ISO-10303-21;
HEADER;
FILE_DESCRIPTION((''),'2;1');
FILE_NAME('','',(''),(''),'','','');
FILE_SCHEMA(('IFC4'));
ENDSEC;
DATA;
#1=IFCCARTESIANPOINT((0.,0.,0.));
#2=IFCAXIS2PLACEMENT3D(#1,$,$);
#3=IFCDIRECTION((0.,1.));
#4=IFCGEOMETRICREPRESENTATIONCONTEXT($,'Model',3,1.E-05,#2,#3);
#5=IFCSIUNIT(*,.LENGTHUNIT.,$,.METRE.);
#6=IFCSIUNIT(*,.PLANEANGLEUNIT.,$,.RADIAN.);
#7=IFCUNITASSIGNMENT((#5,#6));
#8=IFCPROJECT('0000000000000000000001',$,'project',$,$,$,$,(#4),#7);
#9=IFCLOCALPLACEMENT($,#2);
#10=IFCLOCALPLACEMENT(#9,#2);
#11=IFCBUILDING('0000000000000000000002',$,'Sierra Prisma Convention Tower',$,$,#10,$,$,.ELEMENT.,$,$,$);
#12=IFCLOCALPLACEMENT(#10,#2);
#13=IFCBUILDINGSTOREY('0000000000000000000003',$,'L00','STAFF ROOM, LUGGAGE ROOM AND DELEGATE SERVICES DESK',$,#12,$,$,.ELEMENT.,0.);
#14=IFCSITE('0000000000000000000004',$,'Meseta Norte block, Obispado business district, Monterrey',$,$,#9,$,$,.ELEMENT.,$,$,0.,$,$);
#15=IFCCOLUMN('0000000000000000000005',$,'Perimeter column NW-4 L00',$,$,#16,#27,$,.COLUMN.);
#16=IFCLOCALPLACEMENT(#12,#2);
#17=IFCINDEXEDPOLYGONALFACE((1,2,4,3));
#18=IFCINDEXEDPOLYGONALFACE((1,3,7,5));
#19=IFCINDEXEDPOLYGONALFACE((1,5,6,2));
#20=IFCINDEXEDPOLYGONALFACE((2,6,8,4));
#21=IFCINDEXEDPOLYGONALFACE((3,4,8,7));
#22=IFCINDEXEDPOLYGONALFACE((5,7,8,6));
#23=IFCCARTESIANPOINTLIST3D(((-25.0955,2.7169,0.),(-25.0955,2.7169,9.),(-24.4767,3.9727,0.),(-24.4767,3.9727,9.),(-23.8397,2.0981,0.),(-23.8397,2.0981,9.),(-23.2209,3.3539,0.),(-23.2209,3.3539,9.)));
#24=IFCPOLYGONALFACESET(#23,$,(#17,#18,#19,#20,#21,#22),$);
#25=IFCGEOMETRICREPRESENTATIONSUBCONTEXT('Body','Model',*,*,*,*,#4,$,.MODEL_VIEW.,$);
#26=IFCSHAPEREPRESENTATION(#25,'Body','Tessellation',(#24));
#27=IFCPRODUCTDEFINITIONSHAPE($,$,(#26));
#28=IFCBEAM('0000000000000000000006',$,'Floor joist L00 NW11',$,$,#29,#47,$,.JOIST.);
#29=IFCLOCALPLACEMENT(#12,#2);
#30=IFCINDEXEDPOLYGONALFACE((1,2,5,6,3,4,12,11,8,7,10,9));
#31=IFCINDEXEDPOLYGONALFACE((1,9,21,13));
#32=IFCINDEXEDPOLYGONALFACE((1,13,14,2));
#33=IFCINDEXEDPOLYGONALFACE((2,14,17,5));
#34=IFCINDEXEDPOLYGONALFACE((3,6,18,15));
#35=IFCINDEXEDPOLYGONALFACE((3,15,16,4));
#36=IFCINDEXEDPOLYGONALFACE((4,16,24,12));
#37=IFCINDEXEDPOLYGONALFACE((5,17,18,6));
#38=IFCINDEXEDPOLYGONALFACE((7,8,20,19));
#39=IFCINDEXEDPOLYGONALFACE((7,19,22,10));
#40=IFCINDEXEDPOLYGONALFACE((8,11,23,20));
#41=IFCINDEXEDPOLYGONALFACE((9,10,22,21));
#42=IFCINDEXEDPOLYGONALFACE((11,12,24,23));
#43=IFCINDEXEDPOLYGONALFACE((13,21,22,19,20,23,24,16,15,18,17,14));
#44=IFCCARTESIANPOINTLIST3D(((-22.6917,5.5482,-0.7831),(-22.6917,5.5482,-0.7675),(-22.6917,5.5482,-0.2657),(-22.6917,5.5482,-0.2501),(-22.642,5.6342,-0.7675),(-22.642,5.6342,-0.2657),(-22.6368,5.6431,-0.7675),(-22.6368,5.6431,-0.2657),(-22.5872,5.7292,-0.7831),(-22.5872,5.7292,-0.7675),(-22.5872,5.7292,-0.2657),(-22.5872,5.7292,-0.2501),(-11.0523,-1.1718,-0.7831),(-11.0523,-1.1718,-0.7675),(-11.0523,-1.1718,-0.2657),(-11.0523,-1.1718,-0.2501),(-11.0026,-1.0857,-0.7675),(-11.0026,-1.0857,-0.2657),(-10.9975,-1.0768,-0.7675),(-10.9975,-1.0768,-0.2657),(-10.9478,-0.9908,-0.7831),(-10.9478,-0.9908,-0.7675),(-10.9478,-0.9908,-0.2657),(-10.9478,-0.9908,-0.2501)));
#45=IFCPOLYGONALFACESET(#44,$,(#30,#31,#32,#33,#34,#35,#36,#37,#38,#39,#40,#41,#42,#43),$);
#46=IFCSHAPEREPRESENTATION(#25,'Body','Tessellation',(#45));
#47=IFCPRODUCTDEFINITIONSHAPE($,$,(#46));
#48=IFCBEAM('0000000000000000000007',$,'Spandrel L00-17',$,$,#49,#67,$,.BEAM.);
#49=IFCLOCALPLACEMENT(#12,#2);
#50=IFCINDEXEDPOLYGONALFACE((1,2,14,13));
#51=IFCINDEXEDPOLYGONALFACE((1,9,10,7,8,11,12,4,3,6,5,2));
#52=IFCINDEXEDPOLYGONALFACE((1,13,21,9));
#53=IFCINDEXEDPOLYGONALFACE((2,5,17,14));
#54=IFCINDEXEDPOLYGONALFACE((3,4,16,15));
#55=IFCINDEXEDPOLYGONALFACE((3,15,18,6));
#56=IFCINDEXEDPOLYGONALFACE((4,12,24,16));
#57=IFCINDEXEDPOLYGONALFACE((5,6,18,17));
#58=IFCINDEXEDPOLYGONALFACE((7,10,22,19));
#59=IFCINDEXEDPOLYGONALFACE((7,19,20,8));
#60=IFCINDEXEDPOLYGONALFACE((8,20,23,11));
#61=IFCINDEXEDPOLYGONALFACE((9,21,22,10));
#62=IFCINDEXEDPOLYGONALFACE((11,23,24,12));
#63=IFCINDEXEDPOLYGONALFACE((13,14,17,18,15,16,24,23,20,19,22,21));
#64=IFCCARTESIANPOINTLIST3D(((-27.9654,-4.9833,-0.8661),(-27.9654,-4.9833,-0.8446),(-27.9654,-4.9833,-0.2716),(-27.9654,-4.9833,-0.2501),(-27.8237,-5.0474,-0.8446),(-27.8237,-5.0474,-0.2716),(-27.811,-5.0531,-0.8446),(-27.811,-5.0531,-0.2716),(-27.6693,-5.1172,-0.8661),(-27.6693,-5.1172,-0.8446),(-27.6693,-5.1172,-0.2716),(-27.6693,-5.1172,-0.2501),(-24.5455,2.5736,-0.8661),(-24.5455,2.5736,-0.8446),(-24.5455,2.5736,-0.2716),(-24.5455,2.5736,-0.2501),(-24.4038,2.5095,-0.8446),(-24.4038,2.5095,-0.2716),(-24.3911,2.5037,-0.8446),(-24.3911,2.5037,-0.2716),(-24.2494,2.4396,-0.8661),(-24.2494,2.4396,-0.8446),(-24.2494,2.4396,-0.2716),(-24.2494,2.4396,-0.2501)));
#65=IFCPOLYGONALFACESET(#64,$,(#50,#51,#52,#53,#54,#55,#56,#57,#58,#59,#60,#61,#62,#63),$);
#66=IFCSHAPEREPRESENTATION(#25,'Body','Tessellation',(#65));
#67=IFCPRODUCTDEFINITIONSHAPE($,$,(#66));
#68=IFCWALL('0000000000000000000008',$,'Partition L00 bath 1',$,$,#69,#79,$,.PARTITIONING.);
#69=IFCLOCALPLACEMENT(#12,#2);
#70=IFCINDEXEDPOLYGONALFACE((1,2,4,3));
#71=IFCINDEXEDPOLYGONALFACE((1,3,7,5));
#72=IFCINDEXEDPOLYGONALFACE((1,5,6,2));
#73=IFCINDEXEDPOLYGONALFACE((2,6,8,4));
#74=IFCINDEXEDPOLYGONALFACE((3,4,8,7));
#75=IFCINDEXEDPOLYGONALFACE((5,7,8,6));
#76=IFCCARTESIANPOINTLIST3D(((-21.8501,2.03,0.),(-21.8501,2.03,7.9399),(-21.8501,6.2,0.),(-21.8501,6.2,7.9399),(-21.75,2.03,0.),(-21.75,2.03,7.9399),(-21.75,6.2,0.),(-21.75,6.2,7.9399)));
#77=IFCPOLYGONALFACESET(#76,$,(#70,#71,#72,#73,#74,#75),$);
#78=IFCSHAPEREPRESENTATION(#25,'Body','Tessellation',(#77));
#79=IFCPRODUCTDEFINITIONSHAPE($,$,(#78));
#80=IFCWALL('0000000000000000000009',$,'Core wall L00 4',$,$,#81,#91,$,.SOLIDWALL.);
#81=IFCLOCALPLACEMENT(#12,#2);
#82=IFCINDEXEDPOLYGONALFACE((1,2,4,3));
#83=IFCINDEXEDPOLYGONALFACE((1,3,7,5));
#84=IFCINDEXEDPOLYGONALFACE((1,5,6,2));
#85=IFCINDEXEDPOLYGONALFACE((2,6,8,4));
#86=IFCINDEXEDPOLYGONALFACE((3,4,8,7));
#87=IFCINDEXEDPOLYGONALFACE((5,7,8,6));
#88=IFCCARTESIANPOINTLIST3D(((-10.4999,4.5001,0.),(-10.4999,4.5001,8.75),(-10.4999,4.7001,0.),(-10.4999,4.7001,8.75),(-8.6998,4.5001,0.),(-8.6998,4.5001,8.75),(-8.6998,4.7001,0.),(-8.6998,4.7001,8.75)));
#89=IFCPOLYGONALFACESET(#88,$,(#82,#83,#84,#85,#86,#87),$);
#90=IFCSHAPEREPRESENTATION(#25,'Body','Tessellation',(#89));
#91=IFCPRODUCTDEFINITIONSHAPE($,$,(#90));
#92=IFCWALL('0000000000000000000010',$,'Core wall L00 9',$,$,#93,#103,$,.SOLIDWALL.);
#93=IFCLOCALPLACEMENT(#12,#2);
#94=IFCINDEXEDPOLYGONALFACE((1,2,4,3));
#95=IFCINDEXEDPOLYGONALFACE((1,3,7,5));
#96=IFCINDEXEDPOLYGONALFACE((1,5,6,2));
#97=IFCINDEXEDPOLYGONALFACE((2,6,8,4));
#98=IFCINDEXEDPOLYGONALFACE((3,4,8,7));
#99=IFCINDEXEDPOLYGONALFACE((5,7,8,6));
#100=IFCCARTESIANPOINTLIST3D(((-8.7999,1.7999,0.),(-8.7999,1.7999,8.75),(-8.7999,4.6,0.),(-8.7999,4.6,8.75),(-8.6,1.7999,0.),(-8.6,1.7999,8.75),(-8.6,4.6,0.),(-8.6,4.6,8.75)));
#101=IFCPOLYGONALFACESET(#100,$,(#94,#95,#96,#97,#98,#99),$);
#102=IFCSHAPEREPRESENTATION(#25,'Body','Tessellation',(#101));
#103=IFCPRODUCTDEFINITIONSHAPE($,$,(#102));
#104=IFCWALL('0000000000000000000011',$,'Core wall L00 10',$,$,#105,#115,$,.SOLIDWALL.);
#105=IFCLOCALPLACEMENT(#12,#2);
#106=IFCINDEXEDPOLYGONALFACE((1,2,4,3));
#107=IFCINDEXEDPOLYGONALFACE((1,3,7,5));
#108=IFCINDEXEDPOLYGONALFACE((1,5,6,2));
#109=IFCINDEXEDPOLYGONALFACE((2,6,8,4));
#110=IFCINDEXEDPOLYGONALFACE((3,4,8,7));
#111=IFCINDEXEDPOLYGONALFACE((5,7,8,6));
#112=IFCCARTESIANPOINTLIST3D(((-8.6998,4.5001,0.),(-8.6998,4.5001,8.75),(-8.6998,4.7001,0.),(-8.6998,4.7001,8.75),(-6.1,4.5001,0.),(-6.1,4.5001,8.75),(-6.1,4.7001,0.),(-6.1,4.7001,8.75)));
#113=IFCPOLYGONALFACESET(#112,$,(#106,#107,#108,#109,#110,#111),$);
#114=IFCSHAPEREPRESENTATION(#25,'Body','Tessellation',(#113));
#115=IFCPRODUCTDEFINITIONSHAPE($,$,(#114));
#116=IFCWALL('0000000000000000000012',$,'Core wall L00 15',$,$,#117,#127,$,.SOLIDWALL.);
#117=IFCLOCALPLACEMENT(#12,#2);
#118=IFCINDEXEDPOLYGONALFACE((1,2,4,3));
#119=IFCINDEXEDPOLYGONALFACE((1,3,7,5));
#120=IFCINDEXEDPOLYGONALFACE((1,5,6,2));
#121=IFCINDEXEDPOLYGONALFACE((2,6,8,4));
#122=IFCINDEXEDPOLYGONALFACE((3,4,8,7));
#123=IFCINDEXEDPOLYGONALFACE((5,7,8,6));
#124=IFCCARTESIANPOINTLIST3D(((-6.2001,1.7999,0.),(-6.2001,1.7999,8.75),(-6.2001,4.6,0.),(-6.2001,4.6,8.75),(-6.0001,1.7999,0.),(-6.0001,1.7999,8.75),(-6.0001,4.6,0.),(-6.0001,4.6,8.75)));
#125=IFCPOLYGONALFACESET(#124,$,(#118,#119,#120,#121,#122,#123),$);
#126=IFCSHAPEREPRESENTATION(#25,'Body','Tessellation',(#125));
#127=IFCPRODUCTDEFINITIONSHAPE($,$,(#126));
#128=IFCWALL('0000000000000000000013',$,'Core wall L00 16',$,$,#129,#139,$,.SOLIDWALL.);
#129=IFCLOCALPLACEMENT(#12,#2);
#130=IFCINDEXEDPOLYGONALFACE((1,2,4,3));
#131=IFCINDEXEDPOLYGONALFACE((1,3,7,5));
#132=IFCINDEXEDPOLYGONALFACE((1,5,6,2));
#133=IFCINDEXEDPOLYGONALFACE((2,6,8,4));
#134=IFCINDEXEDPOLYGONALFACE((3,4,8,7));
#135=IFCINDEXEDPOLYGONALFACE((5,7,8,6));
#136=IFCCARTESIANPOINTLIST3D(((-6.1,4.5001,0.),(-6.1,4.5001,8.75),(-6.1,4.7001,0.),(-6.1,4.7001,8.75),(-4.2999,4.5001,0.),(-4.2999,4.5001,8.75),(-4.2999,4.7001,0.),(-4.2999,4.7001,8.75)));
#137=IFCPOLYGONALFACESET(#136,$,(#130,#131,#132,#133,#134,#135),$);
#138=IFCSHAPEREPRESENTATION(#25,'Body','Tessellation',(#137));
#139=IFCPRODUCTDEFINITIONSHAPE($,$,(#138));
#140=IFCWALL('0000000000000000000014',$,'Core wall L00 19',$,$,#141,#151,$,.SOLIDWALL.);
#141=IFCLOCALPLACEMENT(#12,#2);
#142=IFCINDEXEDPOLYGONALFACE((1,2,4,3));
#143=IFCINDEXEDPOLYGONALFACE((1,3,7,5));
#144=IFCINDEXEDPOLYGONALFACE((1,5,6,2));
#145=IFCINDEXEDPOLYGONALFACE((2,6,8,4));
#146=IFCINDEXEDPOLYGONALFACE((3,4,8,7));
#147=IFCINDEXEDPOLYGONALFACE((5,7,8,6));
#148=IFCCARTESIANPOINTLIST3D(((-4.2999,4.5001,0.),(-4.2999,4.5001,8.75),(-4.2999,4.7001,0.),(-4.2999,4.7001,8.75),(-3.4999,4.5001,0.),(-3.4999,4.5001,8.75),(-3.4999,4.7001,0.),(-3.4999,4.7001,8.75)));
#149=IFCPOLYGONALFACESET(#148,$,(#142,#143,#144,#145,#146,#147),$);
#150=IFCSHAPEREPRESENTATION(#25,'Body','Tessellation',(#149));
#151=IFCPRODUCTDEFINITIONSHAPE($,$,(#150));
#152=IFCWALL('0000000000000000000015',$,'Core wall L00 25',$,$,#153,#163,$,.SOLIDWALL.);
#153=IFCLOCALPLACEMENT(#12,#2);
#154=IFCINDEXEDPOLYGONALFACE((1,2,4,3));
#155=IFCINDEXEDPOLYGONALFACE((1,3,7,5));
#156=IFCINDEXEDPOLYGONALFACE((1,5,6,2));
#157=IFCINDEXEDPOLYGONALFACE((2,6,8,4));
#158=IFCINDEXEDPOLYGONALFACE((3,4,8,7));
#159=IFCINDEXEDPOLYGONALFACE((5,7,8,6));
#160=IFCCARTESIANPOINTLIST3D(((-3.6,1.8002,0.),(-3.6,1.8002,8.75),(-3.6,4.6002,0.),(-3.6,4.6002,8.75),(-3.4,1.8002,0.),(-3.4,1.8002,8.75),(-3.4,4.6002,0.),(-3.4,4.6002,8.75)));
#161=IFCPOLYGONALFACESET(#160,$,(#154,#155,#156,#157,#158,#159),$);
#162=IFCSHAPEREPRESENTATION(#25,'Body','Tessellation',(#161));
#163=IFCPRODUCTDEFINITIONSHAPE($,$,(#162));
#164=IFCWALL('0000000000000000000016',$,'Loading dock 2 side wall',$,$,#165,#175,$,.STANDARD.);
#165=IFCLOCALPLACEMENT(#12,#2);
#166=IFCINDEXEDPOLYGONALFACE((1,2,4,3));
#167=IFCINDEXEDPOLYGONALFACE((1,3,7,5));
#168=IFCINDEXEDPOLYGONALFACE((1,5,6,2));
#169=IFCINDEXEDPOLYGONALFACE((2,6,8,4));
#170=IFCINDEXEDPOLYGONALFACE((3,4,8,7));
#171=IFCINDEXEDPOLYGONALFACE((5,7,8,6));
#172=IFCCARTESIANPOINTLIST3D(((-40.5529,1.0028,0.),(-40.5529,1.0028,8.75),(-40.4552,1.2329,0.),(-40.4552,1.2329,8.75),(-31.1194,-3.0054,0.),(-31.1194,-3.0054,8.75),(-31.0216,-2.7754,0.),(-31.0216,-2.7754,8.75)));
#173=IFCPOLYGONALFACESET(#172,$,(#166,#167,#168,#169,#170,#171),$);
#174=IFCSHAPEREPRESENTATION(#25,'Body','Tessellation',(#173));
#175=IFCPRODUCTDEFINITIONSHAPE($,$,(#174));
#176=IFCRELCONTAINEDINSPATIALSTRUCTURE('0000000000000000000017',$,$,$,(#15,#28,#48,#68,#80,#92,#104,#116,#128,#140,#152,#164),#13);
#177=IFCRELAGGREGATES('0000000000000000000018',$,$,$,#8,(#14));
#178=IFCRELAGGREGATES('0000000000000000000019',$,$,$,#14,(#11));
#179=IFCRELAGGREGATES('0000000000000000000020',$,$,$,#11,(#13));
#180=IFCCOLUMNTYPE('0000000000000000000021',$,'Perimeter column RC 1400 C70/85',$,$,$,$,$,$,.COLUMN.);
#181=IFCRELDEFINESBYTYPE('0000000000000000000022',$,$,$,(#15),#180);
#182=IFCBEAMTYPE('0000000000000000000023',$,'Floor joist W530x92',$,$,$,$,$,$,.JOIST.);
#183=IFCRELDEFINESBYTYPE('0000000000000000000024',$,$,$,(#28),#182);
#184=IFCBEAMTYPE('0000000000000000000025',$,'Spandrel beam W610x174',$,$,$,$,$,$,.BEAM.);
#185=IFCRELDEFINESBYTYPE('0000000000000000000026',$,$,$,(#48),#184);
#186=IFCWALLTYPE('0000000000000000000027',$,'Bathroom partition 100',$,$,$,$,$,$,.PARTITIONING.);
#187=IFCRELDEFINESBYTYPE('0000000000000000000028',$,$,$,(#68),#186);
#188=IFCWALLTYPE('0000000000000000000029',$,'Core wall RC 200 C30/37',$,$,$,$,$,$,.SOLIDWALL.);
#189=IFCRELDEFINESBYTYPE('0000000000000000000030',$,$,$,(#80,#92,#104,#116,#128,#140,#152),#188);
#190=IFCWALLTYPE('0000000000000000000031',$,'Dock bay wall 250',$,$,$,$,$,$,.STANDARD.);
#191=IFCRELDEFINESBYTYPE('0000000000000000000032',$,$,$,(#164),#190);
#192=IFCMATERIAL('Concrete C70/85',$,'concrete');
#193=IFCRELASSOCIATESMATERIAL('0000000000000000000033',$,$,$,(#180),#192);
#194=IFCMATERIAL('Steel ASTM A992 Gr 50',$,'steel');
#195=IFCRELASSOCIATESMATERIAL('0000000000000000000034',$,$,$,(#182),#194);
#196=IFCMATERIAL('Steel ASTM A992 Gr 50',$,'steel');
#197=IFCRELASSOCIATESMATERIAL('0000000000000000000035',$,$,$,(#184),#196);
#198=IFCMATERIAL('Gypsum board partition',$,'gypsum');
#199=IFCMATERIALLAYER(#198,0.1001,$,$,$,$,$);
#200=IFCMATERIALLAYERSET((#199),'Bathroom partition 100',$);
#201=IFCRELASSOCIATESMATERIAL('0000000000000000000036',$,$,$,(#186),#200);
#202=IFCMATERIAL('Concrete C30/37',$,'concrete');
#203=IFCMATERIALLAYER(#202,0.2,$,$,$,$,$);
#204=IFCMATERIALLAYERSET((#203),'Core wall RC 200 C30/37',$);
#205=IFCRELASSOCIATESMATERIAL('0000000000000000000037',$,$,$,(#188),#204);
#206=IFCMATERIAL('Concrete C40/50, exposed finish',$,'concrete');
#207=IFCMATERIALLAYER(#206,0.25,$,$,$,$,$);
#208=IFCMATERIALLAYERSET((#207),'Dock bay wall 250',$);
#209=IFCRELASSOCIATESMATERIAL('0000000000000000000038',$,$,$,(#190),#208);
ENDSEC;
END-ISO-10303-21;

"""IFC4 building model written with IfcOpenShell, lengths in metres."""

from ifc_helpers import new_model, si_unit, direction, frame, frame_2d, origin, origin_2d, place, context, subcontext, project, spatial, rectangle, i_section, extrude, material, layer, layer_set, material_profile, profile_set, type_object, element, save


model = new_model("IFC4")

# Units and contexts
model_context = context("Model", 3, precision=1e-05, world=origin(), true_north=direction((0.0, 1.0)))
body_context = subcontext(model_context, "Body", "Model", "MODEL_VIEW")
ifc_project = project(units=[si_unit("LENGTHUNIT", "METRE"), si_unit("PLANEANGLEUNIT", "RADIAN")], contexts=[model_context])

# Site, building, storey
site_placement = place(None, origin())
site = spatial("IfcSite", under=ifc_project, at=site_placement, Name="Meseta Norte block, Obispado business district, Monterrey", CompositionType="ELEMENT", RefElevation=0.0)
building_placement = place(site_placement, origin())
building = spatial("IfcBuilding", under=site, at=building_placement, Name="Sierra Prisma Convention Tower", CompositionType="ELEMENT")
storey_placement = place(building_placement, origin())
storey = spatial("IfcBuildingStorey", under=building, at=storey_placement, Name="L00", Description="STAFF ROOM, LUGGAGE ROOM AND DELEGATE SERVICES DESK", CompositionType="ELEMENT", Elevation=0.0)

# Column
ifc_material_1 = material(Name="Concrete C70/85", Category="concrete")
ifc_material_profile_1 = material_profile(ifc_material_1, rectangle(XDim=1.3999, YDim=1.3999, at=origin_2d()), Name="Perimeter column RC 1400 C70/85")
ifc_profile_set_1 = profile_set([ifc_material_profile_1], Name="Concrete C70/85")
column_type = type_object("IfcColumnType", Name="Perimeter column RC 1400 C70/85", PredefinedType="COLUMN", material=ifc_profile_set_1)
column_placement = place(storey_placement, frame((-24.1582, 3.0354, 0.0), z_axis=(0.0, 0.0, 1.0), x_axis=(0.442023, 0.897004, 0.0)))
element("IfcColumn", 1, at=column_placement, inside=storey, type_object=column_type, Name="Perimeter column NW-4 L00", PredefinedType="COLUMN", context=body_context, shape_type="SweptSolid", body=[
    extrude(rectangle(XDim=1.3999, YDim=1.3999, at=origin_2d()), origin(), (0.0, 0.0, 1.0), 9.0),
])

# Beams
ifc_material_2 = material(Name="Steel ASTM A992 Gr 50", Category="steel")
ifc_material_profile_2 = material_profile(ifc_material_2, i_section(OverallWidth=0.209, OverallDepth=0.533, WebThickness=0.0103, FlangeThickness=0.0156, at=origin_2d()), Name="W530x92")
ifc_profile_set_2 = profile_set([ifc_material_profile_2], Name="Steel ASTM A992 Gr 50")
beam_type_1 = type_object("IfcBeamType", Name="Floor joist W530x92", PredefinedType="JOIST", material=ifc_profile_set_2)
beam_1_placement = place(storey_placement, frame((-22.6394, 5.6387, -0.5166), z_axis=(0.866027, -0.499998, 0.0), x_axis=(0.499998, 0.866027, 0.0)))
element("IfcBeam", 2, at=beam_1_placement, inside=storey, type_object=beam_type_1, Name="Floor joist L00 NW11", PredefinedType="JOIST", context=body_context, shape_type="SweptSolid", body=[
    extrude(i_section(OverallWidth=0.209, OverallDepth=0.533, WebThickness=0.0103, FlangeThickness=0.0156, at=origin_2d()), origin(), (0.0, 0.0, 1.0), 13.4399),
])
ifc_material_3 = material(Name="Steel ASTM A992 Gr 50", Category="steel")
ifc_material_profile_3 = material_profile(ifc_material_3, i_section(OverallWidth=0.325, OverallDepth=0.616, WebThickness=0.0139, FlangeThickness=0.0215, at=origin_2d()), Name="W610x174")
ifc_profile_set_3 = profile_set([ifc_material_profile_3], Name="Steel ASTM A992 Gr 50")
beam_type_2 = type_object("IfcBeamType", Name="Spandrel beam W610x174", PredefinedType="BEAM", material=ifc_profile_set_3)
beam_2_placement = place(storey_placement, frame((-24.3975, 2.5066, -0.5581), z_axis=(-0.412301, -0.911048, 0.0), x_axis=(0.911048, -0.412301, 0.0)))
element("IfcBeam", 3, at=beam_2_placement, inside=storey, type_object=beam_type_2, Name="Spandrel L00-17", PredefinedType="BEAM", context=body_context, shape_type="SweptSolid", body=[
    extrude(i_section(OverallWidth=0.325, OverallDepth=0.616, WebThickness=0.0139, FlangeThickness=0.0215, at=origin_2d()), origin(), (0.0, 0.0, 1.0), 8.2947),
])

# Wall
ifc_material_4 = material(Name="Gypsum board partition", Category="gypsum")
ifc_layer_1 = layer(ifc_material_4, 0.1001)
ifc_layer_set_1 = layer_set([ifc_layer_1], Name="Bathroom partition 100")
wall_type_1 = type_object("IfcWallType", Name="Bathroom partition 100", PredefinedType="PARTITIONING", material=ifc_layer_set_1)
wall_1_placement = place(storey_placement, frame((-21.8, 2.03, 0.0), z_axis=(0.0, 0.0, 1.0), x_axis=(0.0, 1.0, 0.0)))
element("IfcWall", 4, at=wall_1_placement, inside=storey, type_object=wall_type_1, Name="Partition L00 bath 1", PredefinedType="PARTITIONING", context=body_context, shape_type="SweptSolid", body=[
    extrude(rectangle(XDim=4.1699, YDim=0.1001, at=frame_2d((2.085, 0.0))), origin(), (0.0, 0.0, 1.0), 7.9399),
])

# Shared definitions
ifc_material_5 = material(Name="Concrete C30/37", Category="concrete")
ifc_layer_2 = layer(ifc_material_5, 0.2)
ifc_layer_set_2 = layer_set([ifc_layer_2], Name="Core wall RC 200 C30/37")
wall_type_2 = type_object("IfcWallType", Name="Core wall RC 200 C30/37", PredefinedType="SOLIDWALL", material=ifc_layer_set_2)

# Wall
wall_2_placement = place(storey_placement, frame((-8.7, 4.6001, 0.0), z_axis=(0.0, 0.0, 1.0), x_axis=(-1.0, 0.0, 0.0)))
element("IfcWall", 5, at=wall_2_placement, inside=storey, type_object=wall_type_2, Name="Core wall L00 4", PredefinedType="SOLIDWALL", context=body_context, shape_type="SweptSolid", body=[
    extrude(rectangle(XDim=1.8, YDim=0.2, at=frame_2d((0.8999, 0.0))), origin(), (0.0, 0.0, 1.0), 8.75),
])

# Walls
wall_3_placement = place(storey_placement, frame((-8.7, 1.8, 0.0), z_axis=(0.0, 0.0, 1.0), x_axis=(0.0, 1.0, 0.0)))
element("IfcWall", 6, at=wall_3_placement, inside=storey, type_object=wall_type_2, Name="Core wall L00 9", PredefinedType="SOLIDWALL", context=body_context, shape_type="SweptSolid", body=[
    extrude(rectangle(XDim=2.8, YDim=0.2, at=frame_2d((1.3999, 0.0))), origin(), (0.0, 0.0, 1.0), 8.75),
])
wall_4_placement = place(storey_placement, frame((-6.1001, 4.6001, 0.0), z_axis=(0.0, 0.0, 1.0), x_axis=(-1.0, 0.0, 0.0)))
element("IfcWall", 7, at=wall_4_placement, inside=storey, type_object=wall_type_2, Name="Core wall L00 10", PredefinedType="SOLIDWALL", context=body_context, shape_type="SweptSolid", body=[
    extrude(rectangle(XDim=2.5999, YDim=0.2, at=frame_2d((1.2998, 0.0))), origin(), (0.0, 0.0, 1.0), 8.75),
])

# Walls
wall_5_placement = place(storey_placement, frame((-6.1001, 1.8, 0.0), z_axis=(0.0, 0.0, 1.0), x_axis=(0.0, 1.0, 0.0)))
element("IfcWall", 8, at=wall_5_placement, inside=storey, type_object=wall_type_2, Name="Core wall L00 15", PredefinedType="SOLIDWALL", context=body_context, shape_type="SweptSolid", body=[
    extrude(rectangle(XDim=2.8, YDim=0.2, at=frame_2d((1.3999, 0.0))), origin(), (0.0, 0.0, 1.0), 8.75),
])
wall_6_placement = place(storey_placement, frame((-4.3, 4.6001, 0.0), z_axis=(0.0, 0.0, 1.0), x_axis=(-1.0, 0.0, 0.0)))
element("IfcWall", 9, at=wall_6_placement, inside=storey, type_object=wall_type_2, Name="Core wall L00 16", PredefinedType="SOLIDWALL", context=body_context, shape_type="SweptSolid", body=[
    extrude(rectangle(XDim=1.8, YDim=0.2, at=frame_2d((0.8999, 0.0))), origin(), (0.0, 0.0, 1.0), 8.75),
])
wall_7_placement = place(storey_placement, frame((-3.5, 4.6001, 0.0), z_axis=(0.0, 0.0, 1.0), x_axis=(-1.0, 0.0, 0.0)))
element("IfcWall", 10, at=wall_7_placement, inside=storey, type_object=wall_type_2, Name="Core wall L00 19", PredefinedType="SOLIDWALL", context=body_context, shape_type="SweptSolid", body=[
    extrude(rectangle(XDim=0.8, YDim=0.2, at=frame_2d((0.3999, 0.0))), origin(), (0.0, 0.0, 1.0), 8.75),
])

# Walls
wall_8_placement = place(storey_placement, frame((-3.5, 4.6001, 0.0), z_axis=(0.0, 0.0, 1.0), x_axis=(0.0, -1.0, 0.0)))
element("IfcWall", 11, at=wall_8_placement, inside=storey, type_object=wall_type_2, Name="Core wall L00 25", PredefinedType="SOLIDWALL", context=body_context, shape_type="SweptSolid", body=[
    extrude(rectangle(XDim=2.8, YDim=0.2, at=frame_2d((1.3999, 0.0))), origin(), (0.0, 0.0, 1.0), 8.75),
])
ifc_material_6 = material(Name="Concrete C40/50, exposed finish", Category="concrete")
ifc_layer_3 = layer(ifc_material_6, 0.25)
ifc_layer_set_3 = layer_set([ifc_layer_3], Name="Dock bay wall 250")
wall_type_3 = type_object("IfcWallType", Name="Dock bay wall 250", PredefinedType="STANDARD", material=ifc_layer_set_3)
wall_9_placement = place(storey_placement, frame((-40.5042, 1.1179, 0.0), z_axis=(0.0, 0.0, 1.0), x_axis=(0.920365, -0.39106, 0.0)))
element("IfcWall", 12, at=wall_9_placement, inside=storey, type_object=wall_type_3, Name="Loading dock 2 side wall", PredefinedType="STANDARD", context=body_context, shape_type="SweptSolid", body=[
    extrude(rectangle(XDim=10.2498, YDim=0.25, at=frame_2d((5.125, 0.0))), origin(), (0.0, 0.0, 1.0), 8.75),
])

save(model, "model.ifc")
